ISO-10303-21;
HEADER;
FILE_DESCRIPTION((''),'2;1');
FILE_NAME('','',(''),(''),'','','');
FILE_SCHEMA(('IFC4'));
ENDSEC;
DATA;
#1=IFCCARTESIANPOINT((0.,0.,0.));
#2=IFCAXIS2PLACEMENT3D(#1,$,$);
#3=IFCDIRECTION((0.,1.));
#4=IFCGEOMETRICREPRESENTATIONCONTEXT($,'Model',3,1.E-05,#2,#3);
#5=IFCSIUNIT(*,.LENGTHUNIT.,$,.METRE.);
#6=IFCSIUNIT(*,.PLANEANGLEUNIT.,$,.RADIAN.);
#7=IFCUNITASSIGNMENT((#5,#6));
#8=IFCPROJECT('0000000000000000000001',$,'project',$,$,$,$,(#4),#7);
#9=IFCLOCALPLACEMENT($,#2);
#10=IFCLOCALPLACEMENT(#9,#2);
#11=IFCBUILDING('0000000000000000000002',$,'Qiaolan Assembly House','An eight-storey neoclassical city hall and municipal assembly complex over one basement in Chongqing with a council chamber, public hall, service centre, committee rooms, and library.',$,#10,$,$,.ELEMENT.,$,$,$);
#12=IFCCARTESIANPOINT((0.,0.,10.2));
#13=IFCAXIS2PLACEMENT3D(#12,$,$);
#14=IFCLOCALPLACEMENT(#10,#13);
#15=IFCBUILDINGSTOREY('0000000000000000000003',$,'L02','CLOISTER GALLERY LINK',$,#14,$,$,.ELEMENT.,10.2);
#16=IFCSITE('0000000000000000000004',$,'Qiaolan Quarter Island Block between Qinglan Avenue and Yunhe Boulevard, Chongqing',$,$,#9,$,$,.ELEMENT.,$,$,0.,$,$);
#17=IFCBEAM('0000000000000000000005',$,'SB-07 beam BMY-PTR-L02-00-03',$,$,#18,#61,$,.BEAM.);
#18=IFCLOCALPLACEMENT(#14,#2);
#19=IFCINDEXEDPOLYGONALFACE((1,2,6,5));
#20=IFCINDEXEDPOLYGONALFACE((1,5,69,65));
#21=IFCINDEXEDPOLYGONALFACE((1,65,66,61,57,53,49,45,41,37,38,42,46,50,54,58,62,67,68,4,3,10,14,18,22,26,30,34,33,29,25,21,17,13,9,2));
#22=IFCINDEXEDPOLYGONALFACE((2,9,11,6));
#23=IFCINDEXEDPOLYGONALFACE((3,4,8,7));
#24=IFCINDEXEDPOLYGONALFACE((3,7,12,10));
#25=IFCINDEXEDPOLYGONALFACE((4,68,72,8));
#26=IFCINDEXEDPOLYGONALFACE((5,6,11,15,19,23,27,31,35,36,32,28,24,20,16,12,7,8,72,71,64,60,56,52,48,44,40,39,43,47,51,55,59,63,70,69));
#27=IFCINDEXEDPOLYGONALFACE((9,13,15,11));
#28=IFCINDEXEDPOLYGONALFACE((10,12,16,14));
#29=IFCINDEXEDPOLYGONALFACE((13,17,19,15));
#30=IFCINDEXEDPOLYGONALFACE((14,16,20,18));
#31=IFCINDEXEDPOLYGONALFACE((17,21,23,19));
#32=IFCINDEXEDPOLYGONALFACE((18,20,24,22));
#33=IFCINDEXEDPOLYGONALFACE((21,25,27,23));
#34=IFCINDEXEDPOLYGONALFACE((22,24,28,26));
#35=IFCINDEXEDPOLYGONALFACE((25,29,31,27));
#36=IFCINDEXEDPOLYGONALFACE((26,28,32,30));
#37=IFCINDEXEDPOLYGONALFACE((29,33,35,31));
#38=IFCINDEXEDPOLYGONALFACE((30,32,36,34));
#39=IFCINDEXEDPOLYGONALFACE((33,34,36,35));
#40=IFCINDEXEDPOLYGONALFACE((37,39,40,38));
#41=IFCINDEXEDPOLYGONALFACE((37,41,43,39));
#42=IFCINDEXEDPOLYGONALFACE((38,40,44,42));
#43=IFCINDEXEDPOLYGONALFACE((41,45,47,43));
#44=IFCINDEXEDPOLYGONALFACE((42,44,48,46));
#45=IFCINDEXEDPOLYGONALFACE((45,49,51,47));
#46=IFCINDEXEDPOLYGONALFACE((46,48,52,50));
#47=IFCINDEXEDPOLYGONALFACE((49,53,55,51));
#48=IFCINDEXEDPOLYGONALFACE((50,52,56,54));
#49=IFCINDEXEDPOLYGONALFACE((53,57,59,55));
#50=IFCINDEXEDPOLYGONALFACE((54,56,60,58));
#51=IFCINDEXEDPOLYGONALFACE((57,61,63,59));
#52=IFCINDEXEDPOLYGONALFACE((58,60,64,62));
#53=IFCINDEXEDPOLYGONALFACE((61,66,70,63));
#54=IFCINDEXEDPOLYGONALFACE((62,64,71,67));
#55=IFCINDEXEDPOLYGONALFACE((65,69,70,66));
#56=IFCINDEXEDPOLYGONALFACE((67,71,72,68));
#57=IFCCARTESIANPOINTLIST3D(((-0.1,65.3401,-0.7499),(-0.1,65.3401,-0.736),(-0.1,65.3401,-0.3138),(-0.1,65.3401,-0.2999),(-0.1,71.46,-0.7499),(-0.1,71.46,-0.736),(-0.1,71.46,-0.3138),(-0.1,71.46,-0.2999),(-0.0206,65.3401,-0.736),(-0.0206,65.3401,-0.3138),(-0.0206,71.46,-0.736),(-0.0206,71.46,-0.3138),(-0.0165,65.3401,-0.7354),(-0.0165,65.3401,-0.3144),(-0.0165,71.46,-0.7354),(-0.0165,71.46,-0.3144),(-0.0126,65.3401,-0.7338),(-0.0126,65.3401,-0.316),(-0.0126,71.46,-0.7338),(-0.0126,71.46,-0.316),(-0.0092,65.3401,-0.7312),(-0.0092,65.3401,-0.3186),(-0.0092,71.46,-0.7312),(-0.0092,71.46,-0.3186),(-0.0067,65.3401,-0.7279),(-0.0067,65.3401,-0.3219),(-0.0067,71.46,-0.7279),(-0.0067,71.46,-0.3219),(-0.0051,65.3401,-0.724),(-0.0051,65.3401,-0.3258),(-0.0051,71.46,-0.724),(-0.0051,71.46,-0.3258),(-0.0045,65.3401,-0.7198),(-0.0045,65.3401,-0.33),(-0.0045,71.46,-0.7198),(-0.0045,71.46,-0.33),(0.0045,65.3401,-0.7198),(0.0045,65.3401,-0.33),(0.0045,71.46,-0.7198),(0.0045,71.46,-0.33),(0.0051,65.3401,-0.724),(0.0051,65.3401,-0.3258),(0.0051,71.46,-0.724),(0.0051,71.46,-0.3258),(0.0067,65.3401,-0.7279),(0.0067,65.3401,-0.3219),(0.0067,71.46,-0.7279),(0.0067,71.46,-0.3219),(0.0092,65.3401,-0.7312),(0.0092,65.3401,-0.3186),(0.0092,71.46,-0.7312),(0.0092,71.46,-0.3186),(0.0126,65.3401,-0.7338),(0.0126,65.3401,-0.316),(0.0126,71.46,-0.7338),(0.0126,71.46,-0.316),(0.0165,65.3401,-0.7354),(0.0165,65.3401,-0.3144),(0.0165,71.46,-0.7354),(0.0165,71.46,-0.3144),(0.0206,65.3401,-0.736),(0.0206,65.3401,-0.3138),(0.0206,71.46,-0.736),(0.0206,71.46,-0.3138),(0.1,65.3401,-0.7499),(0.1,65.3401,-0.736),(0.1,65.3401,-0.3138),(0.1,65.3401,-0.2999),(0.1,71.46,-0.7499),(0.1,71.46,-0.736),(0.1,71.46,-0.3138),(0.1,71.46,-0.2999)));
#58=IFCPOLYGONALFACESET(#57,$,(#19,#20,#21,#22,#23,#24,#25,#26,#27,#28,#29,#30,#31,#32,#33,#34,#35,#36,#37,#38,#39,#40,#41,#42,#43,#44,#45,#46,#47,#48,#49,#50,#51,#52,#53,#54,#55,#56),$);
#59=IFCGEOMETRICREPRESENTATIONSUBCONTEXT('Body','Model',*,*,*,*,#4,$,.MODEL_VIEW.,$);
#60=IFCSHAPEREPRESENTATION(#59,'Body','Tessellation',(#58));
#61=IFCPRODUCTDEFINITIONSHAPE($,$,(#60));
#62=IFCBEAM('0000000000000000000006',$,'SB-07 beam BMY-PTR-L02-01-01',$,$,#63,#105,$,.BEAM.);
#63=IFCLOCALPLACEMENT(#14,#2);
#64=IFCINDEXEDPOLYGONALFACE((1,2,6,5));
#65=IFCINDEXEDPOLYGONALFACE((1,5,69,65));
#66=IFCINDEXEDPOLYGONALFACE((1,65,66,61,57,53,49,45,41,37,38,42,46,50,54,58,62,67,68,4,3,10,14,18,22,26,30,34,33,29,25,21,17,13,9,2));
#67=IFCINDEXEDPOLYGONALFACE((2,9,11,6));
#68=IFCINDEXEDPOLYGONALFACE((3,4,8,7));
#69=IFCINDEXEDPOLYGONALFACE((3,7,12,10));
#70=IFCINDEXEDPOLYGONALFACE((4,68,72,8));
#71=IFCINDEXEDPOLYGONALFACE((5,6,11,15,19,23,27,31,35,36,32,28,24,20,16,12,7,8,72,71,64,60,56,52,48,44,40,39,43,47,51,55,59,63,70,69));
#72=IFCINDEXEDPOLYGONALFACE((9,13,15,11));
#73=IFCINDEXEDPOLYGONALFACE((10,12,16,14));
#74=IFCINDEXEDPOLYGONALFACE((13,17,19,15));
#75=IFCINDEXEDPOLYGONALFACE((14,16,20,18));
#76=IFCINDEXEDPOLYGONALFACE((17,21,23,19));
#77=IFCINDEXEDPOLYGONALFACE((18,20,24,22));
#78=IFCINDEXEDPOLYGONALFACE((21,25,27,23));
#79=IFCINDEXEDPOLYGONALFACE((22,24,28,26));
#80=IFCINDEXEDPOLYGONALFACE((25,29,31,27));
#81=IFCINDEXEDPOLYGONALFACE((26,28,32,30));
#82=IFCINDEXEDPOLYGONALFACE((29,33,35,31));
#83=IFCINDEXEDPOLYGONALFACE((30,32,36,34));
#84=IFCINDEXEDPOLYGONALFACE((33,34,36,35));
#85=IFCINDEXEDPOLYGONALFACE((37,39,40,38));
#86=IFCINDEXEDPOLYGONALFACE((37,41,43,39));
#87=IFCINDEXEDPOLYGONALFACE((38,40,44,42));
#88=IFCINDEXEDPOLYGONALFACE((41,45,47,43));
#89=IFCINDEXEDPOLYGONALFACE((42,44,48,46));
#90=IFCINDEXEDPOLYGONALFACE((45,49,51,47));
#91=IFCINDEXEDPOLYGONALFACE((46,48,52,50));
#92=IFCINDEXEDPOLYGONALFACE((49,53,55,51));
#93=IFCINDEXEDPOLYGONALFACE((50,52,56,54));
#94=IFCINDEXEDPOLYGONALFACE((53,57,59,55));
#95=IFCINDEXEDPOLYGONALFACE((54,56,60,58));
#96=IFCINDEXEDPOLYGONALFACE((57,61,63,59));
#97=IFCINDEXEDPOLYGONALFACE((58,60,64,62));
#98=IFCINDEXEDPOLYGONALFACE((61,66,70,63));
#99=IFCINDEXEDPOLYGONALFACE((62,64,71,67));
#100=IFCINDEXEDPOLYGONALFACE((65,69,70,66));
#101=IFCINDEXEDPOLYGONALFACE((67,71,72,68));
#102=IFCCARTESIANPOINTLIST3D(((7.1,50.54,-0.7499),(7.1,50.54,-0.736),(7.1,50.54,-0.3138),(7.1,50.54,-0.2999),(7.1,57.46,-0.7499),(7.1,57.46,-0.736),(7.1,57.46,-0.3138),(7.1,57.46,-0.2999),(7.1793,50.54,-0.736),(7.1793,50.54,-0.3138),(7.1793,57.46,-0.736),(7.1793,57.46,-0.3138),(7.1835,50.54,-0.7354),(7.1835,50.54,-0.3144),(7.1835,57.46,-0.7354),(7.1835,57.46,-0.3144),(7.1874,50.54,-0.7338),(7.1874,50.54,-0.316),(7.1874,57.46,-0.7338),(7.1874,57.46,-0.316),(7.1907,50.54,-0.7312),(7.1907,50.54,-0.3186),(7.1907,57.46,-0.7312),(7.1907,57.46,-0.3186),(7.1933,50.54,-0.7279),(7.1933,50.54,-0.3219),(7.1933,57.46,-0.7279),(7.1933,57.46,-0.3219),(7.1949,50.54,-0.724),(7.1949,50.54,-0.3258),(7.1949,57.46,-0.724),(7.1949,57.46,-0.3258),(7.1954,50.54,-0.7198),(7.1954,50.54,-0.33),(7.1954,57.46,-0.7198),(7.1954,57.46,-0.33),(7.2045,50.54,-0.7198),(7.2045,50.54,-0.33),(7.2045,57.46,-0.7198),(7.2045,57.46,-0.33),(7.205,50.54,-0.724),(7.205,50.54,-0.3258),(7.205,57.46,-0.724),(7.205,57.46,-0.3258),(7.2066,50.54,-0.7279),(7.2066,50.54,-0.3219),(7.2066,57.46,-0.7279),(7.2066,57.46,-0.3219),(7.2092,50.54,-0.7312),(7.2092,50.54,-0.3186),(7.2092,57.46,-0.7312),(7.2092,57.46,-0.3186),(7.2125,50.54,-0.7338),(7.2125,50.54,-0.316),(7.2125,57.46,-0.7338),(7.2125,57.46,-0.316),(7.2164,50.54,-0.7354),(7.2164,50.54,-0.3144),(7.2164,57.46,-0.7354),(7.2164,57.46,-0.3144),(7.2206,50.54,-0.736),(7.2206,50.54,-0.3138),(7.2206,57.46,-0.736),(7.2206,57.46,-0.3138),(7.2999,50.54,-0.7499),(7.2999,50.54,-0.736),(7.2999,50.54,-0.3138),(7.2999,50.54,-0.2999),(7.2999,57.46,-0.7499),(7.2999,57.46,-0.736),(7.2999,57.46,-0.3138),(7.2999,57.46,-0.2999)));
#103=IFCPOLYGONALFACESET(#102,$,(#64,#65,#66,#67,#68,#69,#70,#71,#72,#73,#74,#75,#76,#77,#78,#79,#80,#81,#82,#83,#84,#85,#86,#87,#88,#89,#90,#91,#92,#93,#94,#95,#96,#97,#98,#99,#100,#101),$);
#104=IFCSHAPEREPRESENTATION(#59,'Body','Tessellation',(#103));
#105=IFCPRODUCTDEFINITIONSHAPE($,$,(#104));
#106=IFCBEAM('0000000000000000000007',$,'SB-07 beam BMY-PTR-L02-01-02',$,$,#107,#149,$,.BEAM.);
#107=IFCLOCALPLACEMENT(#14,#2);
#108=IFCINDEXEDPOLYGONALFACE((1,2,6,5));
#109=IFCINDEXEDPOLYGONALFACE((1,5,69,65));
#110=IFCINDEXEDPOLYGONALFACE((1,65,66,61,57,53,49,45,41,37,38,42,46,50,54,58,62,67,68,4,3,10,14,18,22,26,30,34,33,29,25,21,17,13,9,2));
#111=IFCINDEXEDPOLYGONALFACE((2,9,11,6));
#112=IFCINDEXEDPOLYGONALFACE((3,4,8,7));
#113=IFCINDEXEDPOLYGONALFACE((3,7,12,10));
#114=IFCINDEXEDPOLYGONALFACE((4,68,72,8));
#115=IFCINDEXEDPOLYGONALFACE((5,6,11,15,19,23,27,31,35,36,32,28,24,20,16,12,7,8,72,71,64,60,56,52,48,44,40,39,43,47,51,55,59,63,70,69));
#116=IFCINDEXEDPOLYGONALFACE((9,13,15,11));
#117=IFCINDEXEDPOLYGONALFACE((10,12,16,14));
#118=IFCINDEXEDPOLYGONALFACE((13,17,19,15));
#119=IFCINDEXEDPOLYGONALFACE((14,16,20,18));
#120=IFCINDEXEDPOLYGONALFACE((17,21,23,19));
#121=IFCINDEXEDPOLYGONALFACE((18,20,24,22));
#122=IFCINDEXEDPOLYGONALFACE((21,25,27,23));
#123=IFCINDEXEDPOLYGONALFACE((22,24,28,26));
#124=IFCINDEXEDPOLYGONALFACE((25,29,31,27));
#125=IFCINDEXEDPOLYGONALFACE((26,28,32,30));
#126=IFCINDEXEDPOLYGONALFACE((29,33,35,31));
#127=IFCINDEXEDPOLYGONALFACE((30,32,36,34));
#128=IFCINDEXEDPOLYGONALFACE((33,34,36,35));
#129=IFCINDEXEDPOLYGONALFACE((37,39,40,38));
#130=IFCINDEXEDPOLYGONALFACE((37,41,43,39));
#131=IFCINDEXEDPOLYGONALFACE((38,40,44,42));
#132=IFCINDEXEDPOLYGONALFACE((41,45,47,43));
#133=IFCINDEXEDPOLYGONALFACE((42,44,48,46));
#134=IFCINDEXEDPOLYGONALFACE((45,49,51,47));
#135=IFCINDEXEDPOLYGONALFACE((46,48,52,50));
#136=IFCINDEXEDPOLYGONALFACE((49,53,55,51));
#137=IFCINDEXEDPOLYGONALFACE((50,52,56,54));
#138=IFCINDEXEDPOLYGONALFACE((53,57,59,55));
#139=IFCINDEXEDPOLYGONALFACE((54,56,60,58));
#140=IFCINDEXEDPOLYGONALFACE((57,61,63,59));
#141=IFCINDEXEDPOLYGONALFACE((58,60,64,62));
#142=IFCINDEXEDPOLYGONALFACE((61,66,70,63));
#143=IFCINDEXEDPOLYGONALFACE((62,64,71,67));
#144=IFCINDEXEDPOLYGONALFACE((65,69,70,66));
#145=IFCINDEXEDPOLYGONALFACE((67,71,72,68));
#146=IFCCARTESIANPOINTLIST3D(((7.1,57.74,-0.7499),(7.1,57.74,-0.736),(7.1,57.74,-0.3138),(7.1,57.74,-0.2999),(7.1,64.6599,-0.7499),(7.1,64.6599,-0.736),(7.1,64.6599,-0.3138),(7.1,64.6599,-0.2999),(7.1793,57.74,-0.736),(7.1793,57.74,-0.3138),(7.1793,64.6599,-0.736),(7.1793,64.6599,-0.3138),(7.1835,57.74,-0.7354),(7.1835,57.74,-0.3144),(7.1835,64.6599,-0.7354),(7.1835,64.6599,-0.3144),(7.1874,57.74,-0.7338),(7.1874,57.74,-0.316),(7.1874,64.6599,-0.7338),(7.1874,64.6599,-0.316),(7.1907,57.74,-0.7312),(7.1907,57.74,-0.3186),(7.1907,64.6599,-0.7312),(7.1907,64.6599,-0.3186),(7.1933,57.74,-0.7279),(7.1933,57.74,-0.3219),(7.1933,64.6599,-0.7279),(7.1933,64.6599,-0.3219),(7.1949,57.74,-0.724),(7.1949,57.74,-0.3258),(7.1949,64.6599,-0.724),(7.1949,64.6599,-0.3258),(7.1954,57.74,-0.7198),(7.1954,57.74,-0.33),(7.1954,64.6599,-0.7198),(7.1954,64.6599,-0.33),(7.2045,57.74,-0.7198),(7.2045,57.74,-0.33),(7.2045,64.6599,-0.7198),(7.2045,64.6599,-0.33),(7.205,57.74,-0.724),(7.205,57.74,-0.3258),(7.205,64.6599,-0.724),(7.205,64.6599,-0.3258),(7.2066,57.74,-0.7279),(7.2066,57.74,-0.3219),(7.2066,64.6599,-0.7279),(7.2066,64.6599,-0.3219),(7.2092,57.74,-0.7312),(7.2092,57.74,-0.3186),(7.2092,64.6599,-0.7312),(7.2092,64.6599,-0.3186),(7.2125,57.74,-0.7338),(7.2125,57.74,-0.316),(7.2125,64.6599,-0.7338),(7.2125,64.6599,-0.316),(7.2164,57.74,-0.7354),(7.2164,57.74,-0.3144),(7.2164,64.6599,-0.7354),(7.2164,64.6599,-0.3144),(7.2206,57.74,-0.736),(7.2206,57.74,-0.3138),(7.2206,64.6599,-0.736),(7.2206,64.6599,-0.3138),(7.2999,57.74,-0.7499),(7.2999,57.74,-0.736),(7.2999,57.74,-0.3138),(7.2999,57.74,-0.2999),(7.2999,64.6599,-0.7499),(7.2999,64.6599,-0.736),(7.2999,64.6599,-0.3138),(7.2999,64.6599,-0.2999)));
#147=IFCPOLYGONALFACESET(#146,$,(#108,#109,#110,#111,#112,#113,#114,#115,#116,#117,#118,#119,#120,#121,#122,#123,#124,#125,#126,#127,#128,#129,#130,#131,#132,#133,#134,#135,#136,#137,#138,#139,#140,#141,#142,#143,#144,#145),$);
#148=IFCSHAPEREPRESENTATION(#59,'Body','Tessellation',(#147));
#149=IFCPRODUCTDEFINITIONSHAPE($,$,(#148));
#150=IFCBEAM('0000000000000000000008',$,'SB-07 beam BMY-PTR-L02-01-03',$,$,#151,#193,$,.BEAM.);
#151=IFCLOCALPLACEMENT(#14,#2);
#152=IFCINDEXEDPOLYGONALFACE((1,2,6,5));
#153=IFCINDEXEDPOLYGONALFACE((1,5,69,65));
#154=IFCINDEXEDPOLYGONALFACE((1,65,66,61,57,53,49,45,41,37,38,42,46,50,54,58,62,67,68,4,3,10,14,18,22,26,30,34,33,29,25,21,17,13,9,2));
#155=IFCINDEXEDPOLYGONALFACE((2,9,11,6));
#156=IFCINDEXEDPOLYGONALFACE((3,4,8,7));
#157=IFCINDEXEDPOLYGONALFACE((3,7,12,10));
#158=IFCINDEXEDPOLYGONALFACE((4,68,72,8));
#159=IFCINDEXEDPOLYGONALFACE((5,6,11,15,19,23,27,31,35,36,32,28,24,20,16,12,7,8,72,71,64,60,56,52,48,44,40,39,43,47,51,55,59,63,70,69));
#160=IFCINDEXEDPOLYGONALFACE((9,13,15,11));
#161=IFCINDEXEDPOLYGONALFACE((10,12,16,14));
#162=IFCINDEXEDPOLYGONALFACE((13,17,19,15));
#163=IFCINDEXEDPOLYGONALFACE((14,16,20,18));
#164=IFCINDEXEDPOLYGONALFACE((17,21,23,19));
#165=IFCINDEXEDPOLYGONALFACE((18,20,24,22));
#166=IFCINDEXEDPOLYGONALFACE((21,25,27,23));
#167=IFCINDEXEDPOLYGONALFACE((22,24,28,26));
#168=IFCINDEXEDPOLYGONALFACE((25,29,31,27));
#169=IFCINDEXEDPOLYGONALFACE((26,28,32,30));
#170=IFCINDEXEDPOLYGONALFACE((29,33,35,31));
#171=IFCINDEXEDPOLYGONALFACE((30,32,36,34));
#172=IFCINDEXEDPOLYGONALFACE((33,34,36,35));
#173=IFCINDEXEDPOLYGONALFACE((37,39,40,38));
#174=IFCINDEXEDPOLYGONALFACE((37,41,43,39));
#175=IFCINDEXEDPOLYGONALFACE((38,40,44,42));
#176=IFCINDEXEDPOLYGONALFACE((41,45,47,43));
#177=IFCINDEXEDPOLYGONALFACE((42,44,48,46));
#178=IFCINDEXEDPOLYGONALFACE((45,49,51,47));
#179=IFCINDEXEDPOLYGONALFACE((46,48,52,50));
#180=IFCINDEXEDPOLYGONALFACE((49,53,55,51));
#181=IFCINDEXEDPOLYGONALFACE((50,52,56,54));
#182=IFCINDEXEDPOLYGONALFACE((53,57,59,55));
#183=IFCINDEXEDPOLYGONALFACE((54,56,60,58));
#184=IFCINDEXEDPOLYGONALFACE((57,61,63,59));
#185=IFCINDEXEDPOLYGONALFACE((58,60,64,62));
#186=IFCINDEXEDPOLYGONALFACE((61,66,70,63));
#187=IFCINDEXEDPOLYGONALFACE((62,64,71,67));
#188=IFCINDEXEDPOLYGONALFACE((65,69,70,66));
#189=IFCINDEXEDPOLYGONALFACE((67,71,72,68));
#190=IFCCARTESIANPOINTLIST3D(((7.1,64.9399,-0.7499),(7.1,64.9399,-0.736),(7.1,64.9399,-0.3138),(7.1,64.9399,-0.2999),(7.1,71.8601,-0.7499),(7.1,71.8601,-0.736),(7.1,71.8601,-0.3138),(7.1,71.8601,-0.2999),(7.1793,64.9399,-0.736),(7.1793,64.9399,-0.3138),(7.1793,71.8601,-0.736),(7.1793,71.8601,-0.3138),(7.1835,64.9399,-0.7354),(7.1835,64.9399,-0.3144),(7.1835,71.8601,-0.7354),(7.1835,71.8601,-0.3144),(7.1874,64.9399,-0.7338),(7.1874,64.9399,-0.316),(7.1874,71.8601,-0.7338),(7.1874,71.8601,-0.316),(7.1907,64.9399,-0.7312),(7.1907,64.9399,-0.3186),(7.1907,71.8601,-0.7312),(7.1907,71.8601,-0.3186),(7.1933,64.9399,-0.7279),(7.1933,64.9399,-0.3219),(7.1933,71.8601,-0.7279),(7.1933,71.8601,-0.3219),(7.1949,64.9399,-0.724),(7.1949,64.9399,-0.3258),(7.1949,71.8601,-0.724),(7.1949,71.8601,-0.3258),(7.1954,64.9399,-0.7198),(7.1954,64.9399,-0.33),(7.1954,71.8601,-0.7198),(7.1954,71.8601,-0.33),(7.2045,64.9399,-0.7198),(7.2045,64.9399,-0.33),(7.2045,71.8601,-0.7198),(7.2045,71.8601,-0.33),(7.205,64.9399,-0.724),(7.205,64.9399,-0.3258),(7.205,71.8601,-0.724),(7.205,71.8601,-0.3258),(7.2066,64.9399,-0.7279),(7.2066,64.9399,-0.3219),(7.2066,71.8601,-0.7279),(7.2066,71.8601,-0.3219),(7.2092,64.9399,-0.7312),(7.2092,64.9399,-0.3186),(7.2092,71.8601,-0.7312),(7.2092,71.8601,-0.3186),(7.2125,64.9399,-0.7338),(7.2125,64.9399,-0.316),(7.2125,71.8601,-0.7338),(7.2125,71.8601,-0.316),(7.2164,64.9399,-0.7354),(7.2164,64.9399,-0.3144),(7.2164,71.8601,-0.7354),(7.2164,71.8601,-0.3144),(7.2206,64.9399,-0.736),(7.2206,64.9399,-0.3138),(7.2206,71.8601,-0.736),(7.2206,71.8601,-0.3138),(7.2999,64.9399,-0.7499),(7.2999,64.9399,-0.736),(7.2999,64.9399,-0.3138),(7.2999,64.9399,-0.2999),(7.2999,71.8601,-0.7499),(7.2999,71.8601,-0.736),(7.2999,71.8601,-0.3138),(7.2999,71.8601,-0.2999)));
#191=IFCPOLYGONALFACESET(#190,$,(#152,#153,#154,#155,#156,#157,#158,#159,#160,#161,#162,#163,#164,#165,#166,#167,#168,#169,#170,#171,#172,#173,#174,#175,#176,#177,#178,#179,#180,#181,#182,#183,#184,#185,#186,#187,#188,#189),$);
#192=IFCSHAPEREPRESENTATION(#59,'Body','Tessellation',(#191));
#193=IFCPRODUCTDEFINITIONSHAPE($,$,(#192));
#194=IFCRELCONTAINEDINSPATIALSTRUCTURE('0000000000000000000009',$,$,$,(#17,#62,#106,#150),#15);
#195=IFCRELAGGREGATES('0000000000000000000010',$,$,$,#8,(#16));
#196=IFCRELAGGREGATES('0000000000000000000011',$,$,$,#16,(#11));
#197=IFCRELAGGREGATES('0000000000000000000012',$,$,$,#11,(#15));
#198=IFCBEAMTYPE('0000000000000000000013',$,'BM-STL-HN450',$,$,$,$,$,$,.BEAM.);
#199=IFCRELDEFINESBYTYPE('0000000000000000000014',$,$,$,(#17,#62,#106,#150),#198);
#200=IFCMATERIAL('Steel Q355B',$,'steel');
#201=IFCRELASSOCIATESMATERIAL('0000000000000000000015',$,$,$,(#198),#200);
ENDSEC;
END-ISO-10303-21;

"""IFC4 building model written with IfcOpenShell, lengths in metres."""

from ifc_helpers import new_model, si_unit, direction, frame, origin, origin_2d, place, context, subcontext, project, spatial, i_section, extrude, material, material_profile, profile_set, type_object, element, save


model = new_model("IFC4")

# Units and contexts
model_context = context("Model", 3, precision=1e-05, world=origin(), true_north=direction((0.0, 1.0)))
body_context = subcontext(model_context, "Body", "Model", "MODEL_VIEW")
ifc_project = project(units=[si_unit("LENGTHUNIT", "METRE"), si_unit("PLANEANGLEUNIT", "RADIAN")], contexts=[model_context])

# Site, building, storey
site_placement = place(None, origin())
site = spatial("IfcSite", under=ifc_project, at=site_placement, Name="Qiaolan Quarter Island Block between Qinglan Avenue and Yunhe Boulevard, Chongqing", CompositionType="ELEMENT", RefElevation=0.0)
building_placement = place(site_placement, origin())
building = spatial("IfcBuilding", under=site, at=building_placement, Name="Qiaolan Assembly House", Description="An eight-storey neoclassical city hall and municipal assembly complex over one basement in Chongqing with a council chamber, public hall, service centre, committee rooms, and library.", CompositionType="ELEMENT")
storey_placement = place(building_placement, frame((0.0, 0.0, 10.2)))
storey = spatial("IfcBuildingStorey", under=building, at=storey_placement, Name="L02", Description="CLOISTER GALLERY LINK", CompositionType="ELEMENT", Elevation=10.2)

# Beams
ifc_material = material(Name="Steel Q355B", Category="steel")
ifc_material_profile_1 = material_profile(ifc_material, i_section(OverallWidth=0.2, OverallDepth=0.45, WebThickness=0.009, FlangeThickness=0.0139, FilletRadius=0.0161, at=origin_2d()), Name="HN 450x200x9x14")
ifc_profile_set_1 = profile_set([ifc_material_profile_1], Name="Steel Q355B")
beam_type_1 = type_object("IfcBeamType", Name="BM-STL-HN450", PredefinedType="BEAM", material=ifc_profile_set_1)
beam_1_placement = place(storey_placement, frame((0.0, 65.3401, -0.5249), z_axis=(0.0, 1.0, 0.0), x_axis=(-1.0, 0.0, 0.0)))
element("IfcBeam", 1, at=beam_1_placement, inside=storey, type_object=beam_type_1, Name="SB-07 beam BMY-PTR-L02-00-03", PredefinedType="BEAM", context=body_context, shape_type="SweptSolid", body=[
    extrude(i_section(OverallWidth=0.2, OverallDepth=0.45, WebThickness=0.009, FlangeThickness=0.0139, FilletRadius=0.0161, at=origin_2d()), origin(), (0.0, 0.0, 1.0), 6.1199),
])
for number, where, z_axis, x_axis, name in (
    (2, (7.2, 50.54, -0.5249), (0.0, 1.0, 0.0), (-1.0, 0.0, 0.0), "SB-07 beam BMY-PTR-L02-01-01"),
    (3, (7.2, 57.74, -0.5249), (0.0, 1.0, 0.0), (-1.0, 0.0, 0.0), "SB-07 beam BMY-PTR-L02-01-02"),
):
    element("IfcBeam", number, at=place(storey_placement, frame(where, z_axis=z_axis, x_axis=x_axis)), inside=storey, type_object=beam_type_1, Name=name, PredefinedType="BEAM", context=body_context, shape_type="SweptSolid", body=[
        extrude(i_section(OverallWidth=0.2, OverallDepth=0.45, WebThickness=0.009, FlangeThickness=0.0139, FilletRadius=0.0161, at=origin_2d()), origin(), (0.0, 0.0, 1.0), 6.9199),
    ])
beam_2_placement = place(storey_placement, frame((7.2, 64.9399, -0.5249), z_axis=(0.0, 1.0, 0.0), x_axis=(-1.0, 0.0, 0.0)))
element("IfcBeam", 4, at=beam_2_placement, inside=storey, type_object=beam_type_1, Name="SB-07 beam BMY-PTR-L02-01-03", PredefinedType="BEAM", context=body_context, shape_type="SweptSolid", body=[
    extrude(i_section(OverallWidth=0.2, OverallDepth=0.45, WebThickness=0.009, FlangeThickness=0.0139, FilletRadius=0.0161, at=origin_2d()), origin(), (0.0, 0.0, 1.0), 6.9202),
])

save(model, "model.ifc")
